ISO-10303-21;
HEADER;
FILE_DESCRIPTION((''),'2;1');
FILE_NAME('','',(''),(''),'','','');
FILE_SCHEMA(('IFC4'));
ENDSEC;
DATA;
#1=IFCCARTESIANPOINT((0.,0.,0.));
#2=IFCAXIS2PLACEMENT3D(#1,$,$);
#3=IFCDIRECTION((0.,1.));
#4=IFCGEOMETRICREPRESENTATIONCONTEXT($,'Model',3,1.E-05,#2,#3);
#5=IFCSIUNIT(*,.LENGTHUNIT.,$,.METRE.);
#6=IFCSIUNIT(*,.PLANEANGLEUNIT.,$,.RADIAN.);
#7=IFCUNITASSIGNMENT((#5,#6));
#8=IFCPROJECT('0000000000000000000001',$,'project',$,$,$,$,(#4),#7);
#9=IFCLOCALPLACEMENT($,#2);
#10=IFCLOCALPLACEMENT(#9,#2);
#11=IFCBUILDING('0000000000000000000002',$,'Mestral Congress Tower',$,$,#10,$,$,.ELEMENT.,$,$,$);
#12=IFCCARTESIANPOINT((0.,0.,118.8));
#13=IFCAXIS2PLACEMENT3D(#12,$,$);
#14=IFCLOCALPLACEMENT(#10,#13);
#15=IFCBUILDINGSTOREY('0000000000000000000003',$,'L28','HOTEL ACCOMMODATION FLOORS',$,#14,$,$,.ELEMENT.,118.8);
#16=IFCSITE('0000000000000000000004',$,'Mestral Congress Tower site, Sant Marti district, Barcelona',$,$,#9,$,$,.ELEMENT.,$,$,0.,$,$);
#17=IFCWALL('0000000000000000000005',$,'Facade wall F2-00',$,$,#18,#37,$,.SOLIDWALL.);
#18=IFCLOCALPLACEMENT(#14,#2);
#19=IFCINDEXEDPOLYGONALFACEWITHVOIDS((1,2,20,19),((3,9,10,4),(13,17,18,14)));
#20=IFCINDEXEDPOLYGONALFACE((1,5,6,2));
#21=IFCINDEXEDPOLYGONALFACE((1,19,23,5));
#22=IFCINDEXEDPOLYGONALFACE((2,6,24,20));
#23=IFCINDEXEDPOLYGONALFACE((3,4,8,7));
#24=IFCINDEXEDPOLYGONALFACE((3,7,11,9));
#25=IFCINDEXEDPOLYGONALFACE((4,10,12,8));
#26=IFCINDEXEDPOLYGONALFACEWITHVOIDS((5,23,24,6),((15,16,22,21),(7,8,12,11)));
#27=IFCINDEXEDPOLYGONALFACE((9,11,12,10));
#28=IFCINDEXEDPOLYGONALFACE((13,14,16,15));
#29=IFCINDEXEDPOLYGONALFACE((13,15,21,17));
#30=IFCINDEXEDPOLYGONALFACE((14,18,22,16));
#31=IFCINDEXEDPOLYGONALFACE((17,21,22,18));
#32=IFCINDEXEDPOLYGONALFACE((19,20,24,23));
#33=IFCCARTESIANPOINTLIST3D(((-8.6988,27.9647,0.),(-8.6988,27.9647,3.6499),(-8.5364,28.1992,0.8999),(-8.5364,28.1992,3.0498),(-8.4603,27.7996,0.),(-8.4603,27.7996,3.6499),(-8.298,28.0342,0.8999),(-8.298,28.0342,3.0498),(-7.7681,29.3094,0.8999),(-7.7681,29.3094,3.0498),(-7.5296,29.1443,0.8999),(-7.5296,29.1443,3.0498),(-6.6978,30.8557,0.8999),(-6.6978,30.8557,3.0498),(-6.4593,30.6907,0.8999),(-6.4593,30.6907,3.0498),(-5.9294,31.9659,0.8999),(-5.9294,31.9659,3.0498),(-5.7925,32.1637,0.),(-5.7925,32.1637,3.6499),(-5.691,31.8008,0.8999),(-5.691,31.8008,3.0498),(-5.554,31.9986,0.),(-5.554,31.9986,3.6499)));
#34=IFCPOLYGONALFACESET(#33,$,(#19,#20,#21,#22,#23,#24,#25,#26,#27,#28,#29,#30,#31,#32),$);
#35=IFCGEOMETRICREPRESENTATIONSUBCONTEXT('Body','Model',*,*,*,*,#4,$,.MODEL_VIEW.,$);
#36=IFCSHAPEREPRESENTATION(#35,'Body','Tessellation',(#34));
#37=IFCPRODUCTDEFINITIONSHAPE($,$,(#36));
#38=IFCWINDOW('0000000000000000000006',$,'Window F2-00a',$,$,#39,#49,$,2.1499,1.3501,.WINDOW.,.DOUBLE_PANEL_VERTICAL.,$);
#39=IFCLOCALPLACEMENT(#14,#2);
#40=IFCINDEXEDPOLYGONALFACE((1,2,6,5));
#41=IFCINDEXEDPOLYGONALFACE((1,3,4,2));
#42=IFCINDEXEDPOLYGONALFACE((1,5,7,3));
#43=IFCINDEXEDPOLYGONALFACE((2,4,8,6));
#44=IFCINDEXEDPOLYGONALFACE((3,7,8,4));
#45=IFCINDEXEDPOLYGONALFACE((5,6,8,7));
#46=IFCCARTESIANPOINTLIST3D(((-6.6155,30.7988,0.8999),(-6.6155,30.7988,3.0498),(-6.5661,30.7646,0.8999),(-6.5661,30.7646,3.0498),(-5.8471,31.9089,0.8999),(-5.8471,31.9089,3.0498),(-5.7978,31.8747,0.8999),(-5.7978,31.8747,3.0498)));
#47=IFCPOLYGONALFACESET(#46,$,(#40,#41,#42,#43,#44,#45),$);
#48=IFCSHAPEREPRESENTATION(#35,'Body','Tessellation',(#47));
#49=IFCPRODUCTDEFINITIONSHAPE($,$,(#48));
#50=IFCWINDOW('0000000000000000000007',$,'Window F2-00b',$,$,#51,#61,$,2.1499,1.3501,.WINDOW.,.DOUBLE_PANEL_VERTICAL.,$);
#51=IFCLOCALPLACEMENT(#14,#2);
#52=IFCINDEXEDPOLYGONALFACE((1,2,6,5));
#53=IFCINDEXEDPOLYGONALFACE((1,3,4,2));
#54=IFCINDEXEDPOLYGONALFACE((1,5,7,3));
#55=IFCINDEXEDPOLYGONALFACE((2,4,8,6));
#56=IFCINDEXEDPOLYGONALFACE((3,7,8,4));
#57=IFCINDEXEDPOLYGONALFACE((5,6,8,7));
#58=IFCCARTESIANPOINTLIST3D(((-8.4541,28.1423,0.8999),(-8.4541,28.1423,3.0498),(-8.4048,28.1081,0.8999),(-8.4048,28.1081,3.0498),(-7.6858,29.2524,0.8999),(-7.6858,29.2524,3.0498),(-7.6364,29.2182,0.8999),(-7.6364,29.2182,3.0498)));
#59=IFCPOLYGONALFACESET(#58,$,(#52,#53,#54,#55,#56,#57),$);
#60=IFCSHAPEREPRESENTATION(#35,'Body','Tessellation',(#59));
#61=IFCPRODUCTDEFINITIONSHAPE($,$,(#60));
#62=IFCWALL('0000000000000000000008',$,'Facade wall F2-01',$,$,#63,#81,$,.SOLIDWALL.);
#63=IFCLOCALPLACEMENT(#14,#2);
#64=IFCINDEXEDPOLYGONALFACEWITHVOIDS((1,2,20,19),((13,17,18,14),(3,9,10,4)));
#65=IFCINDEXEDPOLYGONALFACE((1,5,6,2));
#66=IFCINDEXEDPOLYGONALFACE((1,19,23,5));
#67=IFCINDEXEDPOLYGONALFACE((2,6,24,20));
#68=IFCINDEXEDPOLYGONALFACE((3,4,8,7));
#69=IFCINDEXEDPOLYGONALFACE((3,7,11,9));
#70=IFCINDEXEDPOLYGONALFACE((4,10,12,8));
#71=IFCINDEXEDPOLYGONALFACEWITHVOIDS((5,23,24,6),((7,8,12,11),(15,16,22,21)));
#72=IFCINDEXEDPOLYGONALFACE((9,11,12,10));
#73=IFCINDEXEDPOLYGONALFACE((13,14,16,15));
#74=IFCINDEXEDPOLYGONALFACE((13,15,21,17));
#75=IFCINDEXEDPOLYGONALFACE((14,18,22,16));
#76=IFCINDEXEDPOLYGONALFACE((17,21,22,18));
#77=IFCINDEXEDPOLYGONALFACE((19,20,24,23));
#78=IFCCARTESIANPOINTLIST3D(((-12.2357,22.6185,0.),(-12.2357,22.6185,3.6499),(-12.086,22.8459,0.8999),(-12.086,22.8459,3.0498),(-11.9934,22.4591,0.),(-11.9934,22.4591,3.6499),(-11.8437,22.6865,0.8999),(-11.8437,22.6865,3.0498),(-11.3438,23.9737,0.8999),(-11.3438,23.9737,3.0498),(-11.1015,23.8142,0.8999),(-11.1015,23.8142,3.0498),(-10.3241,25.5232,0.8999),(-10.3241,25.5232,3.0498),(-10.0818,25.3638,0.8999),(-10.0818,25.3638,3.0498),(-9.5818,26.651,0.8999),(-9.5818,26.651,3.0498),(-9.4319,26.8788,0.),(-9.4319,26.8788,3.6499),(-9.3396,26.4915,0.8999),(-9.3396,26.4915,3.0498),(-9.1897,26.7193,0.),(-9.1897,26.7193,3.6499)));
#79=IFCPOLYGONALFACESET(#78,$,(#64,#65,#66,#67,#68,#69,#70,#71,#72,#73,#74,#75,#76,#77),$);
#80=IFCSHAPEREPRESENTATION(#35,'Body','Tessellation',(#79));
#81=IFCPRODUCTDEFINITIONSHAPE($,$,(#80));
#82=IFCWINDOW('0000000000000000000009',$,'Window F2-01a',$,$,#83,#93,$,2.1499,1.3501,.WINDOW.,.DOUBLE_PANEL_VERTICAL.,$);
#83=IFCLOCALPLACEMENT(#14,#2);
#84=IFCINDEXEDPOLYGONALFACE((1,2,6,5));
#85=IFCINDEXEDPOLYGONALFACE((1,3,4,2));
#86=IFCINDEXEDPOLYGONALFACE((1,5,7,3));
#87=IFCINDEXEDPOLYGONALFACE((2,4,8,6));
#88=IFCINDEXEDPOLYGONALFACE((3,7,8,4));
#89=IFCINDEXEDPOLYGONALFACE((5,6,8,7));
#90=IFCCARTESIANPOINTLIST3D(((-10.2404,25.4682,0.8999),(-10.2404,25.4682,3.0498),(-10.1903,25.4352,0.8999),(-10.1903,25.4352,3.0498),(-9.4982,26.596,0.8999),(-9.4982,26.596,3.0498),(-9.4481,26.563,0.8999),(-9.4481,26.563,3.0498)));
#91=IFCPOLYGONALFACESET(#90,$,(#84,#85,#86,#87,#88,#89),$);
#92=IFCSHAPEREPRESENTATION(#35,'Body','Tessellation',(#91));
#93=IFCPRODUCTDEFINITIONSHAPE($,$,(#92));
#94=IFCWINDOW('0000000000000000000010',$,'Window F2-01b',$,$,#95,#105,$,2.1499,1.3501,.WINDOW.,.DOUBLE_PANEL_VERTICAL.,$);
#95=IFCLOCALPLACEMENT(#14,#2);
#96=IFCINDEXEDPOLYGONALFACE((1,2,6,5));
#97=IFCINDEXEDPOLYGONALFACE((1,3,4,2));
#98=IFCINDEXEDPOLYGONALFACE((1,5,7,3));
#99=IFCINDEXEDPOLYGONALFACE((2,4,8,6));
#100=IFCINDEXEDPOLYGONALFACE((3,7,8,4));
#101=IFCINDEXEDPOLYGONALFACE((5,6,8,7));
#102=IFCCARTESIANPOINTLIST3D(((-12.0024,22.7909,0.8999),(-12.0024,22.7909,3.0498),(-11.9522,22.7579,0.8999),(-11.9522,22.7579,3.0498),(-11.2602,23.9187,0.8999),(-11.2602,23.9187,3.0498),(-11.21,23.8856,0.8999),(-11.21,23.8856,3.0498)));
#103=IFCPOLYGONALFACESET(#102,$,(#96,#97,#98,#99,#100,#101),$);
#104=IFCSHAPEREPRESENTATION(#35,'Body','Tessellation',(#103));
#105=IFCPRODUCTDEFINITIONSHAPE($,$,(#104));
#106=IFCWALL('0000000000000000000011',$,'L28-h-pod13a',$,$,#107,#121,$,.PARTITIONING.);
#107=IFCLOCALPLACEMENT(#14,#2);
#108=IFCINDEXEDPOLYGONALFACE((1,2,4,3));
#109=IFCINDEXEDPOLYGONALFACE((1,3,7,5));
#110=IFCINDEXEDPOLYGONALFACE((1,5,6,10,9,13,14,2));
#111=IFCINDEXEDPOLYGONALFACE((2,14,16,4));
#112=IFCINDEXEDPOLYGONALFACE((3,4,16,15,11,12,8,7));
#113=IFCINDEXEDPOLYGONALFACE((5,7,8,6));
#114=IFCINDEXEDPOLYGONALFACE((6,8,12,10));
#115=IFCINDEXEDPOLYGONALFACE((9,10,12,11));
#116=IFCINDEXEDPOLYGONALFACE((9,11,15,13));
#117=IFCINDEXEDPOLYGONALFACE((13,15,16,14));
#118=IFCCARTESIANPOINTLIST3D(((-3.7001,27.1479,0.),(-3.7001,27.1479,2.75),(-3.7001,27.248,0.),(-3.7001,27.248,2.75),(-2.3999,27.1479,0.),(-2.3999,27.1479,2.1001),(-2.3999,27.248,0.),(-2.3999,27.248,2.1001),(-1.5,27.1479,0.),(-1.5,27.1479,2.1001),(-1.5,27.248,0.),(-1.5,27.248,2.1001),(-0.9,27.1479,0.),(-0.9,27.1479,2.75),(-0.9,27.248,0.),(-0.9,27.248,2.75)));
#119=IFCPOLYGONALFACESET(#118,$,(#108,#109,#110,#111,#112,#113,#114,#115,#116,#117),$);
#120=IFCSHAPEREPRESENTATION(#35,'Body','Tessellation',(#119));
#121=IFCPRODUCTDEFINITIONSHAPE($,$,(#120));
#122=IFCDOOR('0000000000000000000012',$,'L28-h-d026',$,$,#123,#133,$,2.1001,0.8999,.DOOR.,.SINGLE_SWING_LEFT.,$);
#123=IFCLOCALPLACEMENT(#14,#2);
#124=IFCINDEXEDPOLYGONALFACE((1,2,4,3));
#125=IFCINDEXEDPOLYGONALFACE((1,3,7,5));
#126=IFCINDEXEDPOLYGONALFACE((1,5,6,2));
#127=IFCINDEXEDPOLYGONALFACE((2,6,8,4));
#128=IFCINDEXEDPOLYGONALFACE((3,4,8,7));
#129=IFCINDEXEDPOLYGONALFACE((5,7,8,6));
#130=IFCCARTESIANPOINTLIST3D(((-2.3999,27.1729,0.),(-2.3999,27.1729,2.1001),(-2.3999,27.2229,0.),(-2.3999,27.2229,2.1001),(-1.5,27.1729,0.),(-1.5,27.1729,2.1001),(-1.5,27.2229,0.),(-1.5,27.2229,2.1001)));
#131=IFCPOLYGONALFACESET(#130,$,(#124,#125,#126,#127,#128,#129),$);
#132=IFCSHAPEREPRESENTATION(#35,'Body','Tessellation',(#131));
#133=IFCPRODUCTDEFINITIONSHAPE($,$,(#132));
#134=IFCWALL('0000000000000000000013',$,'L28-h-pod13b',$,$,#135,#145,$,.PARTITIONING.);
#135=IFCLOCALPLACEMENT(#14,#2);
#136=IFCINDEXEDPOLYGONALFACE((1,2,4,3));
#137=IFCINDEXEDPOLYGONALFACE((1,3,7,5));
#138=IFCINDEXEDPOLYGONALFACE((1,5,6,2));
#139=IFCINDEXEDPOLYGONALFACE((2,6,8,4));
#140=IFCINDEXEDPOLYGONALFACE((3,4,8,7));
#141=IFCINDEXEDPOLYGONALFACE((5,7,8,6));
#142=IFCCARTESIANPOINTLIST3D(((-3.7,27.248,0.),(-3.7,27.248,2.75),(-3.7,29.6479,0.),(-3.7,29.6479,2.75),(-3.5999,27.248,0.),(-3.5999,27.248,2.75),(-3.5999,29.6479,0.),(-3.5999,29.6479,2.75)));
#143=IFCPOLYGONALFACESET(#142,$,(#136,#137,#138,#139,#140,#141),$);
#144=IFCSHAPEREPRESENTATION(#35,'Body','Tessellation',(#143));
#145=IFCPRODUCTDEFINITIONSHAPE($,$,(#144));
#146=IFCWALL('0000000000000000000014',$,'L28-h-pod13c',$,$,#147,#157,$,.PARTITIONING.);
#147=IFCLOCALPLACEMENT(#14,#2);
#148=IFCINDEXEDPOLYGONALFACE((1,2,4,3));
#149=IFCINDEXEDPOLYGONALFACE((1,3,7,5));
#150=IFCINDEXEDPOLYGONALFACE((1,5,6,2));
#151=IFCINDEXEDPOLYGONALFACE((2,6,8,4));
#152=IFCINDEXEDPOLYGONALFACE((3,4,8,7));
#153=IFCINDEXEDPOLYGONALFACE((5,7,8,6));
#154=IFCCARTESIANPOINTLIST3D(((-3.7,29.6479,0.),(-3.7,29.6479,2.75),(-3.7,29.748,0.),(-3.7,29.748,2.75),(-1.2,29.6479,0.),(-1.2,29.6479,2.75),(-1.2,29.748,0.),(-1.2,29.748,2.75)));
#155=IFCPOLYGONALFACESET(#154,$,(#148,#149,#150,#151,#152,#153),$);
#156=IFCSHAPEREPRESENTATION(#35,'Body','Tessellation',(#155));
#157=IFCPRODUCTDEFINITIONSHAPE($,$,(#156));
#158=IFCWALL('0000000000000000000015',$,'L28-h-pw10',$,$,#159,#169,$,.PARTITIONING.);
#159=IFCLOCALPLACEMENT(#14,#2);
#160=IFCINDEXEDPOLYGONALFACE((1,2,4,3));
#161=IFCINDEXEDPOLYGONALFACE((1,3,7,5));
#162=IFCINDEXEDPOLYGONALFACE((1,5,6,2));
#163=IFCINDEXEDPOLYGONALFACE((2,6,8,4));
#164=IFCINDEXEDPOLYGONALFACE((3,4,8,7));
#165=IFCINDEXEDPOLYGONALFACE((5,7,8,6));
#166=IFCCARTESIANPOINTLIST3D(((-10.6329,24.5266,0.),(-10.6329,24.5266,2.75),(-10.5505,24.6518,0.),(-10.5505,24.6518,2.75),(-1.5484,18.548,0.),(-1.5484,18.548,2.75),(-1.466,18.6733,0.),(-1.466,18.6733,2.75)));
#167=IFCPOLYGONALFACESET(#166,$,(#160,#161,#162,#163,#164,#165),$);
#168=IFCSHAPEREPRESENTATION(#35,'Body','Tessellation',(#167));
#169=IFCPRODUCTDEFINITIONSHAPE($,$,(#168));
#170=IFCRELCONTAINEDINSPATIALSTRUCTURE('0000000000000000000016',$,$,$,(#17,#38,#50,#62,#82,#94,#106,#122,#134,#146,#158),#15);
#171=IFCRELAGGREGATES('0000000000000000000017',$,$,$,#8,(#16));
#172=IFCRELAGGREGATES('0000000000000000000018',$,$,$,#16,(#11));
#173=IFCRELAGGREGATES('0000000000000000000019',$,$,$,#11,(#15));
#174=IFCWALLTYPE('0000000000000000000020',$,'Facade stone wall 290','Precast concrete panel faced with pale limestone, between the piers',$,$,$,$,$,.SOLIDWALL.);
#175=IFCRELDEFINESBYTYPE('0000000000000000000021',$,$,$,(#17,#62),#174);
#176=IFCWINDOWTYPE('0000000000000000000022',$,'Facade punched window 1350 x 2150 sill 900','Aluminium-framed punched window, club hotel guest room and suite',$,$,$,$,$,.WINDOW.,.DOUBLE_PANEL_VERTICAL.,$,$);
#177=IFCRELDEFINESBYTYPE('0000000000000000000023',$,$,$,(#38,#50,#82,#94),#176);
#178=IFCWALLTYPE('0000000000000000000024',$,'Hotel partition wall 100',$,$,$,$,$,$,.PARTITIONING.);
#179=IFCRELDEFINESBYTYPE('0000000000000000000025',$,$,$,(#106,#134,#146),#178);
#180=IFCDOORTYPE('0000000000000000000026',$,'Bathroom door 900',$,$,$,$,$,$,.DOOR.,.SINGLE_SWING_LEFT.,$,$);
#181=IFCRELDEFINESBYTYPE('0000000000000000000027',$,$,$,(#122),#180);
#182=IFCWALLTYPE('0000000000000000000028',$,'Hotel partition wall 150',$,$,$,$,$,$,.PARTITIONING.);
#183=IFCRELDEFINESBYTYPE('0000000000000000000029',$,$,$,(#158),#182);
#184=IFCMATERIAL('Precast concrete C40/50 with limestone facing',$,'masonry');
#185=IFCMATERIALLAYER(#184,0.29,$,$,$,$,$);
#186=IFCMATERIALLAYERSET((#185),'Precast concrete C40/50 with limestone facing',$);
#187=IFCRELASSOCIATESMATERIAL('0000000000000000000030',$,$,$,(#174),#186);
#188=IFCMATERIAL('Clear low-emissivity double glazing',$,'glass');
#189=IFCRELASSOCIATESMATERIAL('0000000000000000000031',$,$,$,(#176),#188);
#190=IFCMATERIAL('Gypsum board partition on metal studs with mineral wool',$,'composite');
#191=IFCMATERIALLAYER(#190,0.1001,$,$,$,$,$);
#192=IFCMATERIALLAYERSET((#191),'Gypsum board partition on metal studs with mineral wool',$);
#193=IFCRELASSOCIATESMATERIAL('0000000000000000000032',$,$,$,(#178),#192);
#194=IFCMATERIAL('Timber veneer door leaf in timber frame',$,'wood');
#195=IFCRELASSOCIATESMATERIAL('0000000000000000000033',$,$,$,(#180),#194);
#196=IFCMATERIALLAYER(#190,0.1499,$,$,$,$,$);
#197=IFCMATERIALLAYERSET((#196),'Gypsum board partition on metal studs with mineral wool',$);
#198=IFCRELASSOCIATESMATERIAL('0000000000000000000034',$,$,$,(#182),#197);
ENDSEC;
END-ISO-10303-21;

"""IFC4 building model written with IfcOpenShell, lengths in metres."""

from ifc_helpers import new_model, si_unit, direction, frame, frame_2d, origin, place, context, subcontext, project, spatial, rectangle, extrude, material, layer, layer_set, type_object, element, fill, save


model = new_model("IFC4")

# Units and contexts
model_context = context("Model", 3, precision=1e-05, world=origin(), true_north=direction((0.0, 1.0)))
body_context = subcontext(model_context, "Body", "Model", "MODEL_VIEW")
ifc_project = project(units=[si_unit("LENGTHUNIT", "METRE"), si_unit("PLANEANGLEUNIT", "RADIAN")], contexts=[model_context])

# Site, building, storey
site_placement = place(None, origin())
site = spatial("IfcSite", under=ifc_project, at=site_placement, Name="Mestral Congress Tower site, Sant Marti district, Barcelona", CompositionType="ELEMENT", RefElevation=0.0)
building_placement = place(site_placement, origin())
building = spatial("IfcBuilding", under=site, at=building_placement, Name="Mestral Congress Tower", CompositionType="ELEMENT")
storey_placement = place(building_placement, frame((0.0, 0.0, 118.8)))
storey = spatial("IfcBuildingStorey", under=building, at=storey_placement, Name="L28", Description="HOTEL ACCOMMODATION FLOORS", CompositionType="ELEMENT", Elevation=118.8)

# Shared definitions
ifc_material_1 = material(Name="Precast concrete C40/50 with limestone facing", Category="masonry")
ifc_layer_1 = layer(ifc_material_1, 0.29)
ifc_layer_set_1 = layer_set([ifc_layer_1], Name="Precast concrete C40/50 with limestone facing")
wall_type_1 = type_object("IfcWallType", Name="Facade stone wall 290", Description="Precast concrete panel faced with pale limestone, between the piers", PredefinedType="SOLIDWALL", material=ifc_layer_set_1)

# Shared definitions
ifc_material_2 = material(Name="Clear low-emissivity double glazing", Category="glass")

# Walls, openings, windows
wall_1_placement = place(storey_placement, frame((-5.6733, 32.0811, 0.0), z_axis=(0.0, 0.0, 1.0), x_axis=(-0.569113, -0.822259, 0.0)))
wall_1 = element("IfcWall", 1, at=wall_1_placement, inside=storey, type_object=wall_type_1, Name="Facade wall F2-00", PredefinedType="SOLIDWALL", context=body_context, shape_type="SweptSolid", body=[
    extrude(rectangle(XDim=5.1067, YDim=0.29, at=frame_2d((2.5532, 0.0))), origin(), (0.0, 0.0, 1.0), 3.6499),
])
opening_1_placement = place(wall_1_placement, frame((0.2405, 0.0, 0.8999)))
opening_1 = element("IfcOpeningElement", 2, at=opening_1_placement, cuts=wall_1, PredefinedType="OPENING", context=body_context, shape_type="SweptSolid", body=[
    extrude(rectangle(XDim=1.3501, YDim=2.1499, at=frame_2d((0.675, 1.075))), frame((0.0, 0.155, 0.0), z_axis=(0.0, -1.0, 0.0), x_axis=(1.0, 0.0, 0.0)), (0.0, 0.0, 1.0), 0.3101),
])
opening_2_placement = place(wall_1_placement, frame((3.4712, 0.0, 0.8999)))
opening_2 = element("IfcOpeningElement", 3, at=opening_2_placement, cuts=wall_1, PredefinedType="OPENING", context=body_context, shape_type="SweptSolid", body=[
    extrude(rectangle(XDim=1.3501, YDim=2.1499, at=frame_2d((0.675, 1.075))), frame((0.0, 0.155, 0.0), z_axis=(0.0, -1.0, 0.0), x_axis=(1.0, 0.0, 0.0)), (0.0, 0.0, 1.0), 0.3101),
])
window_type_1 = type_object("IfcWindowType", Name="Facade punched window 1350 x 2150 sill 900", Description="Aluminium-framed punched window, club hotel guest room and suite", PartitioningType="DOUBLE_PANEL_VERTICAL", PredefinedType="WINDOW", material=ifc_material_2)
window_1_placement = place(opening_1_placement, origin())
window_1 = element("IfcWindow", 4, at=window_1_placement, inside=storey, type_object=window_type_1, Name="Window F2-00a", OverallHeight=2.1499, OverallWidth=1.3501, PartitioningType="DOUBLE_PANEL_VERTICAL", PredefinedType="WINDOW", context=body_context, shape_type="SweptSolid", body=[
    extrude(rectangle(XDim=1.3501, YDim=2.1499, at=frame_2d((0.675, 1.075))), frame((0.0, 0.0151, 0.0), z_axis=(0.0, -1.0, 0.0), x_axis=(1.0, 0.0, 0.0)), (0.0, 0.0, 1.0), 0.0601),
])
fill(opening_1, window_1)
window_2_placement = place(opening_2_placement, origin())
window_2 = element("IfcWindow", 5, at=window_2_placement, inside=storey, type_object=window_type_1, Name="Window F2-00b", OverallHeight=2.1499, OverallWidth=1.3501, PartitioningType="DOUBLE_PANEL_VERTICAL", PredefinedType="WINDOW", context=body_context, shape_type="SweptSolid", body=[
    extrude(rectangle(XDim=1.3501, YDim=2.1499, at=frame_2d((0.675, 1.075))), frame((0.0, 0.0151, 0.0), z_axis=(0.0, -1.0, 0.0), x_axis=(1.0, 0.0, 0.0)), (0.0, 0.0, 1.0), 0.0601),
])
fill(opening_2, window_2)
wall_2_placement = place(storey_placement, frame((-9.3108, 26.7991, 0.0), z_axis=(0.0, 0.0, 1.0), x_axis=(-0.549741, -0.835335, 0.0)))
wall_2 = element("IfcWall", 6, at=wall_2_placement, inside=storey, type_object=wall_type_1, Name="Facade wall F2-01", PredefinedType="SOLIDWALL", context=body_context, shape_type="SweptSolid", body=[
    extrude(rectangle(XDim=5.1001, YDim=0.29, at=frame_2d((2.55, 0.0))), origin(), (0.0, 0.0, 1.0), 3.6499),
])
opening_3_placement = place(wall_2_placement, frame((0.2727, 0.0, 0.8999)))
opening_3 = element("IfcOpeningElement", 7, at=opening_3_placement, cuts=wall_2, PredefinedType="OPENING", context=body_context, shape_type="SweptSolid", body=[
    extrude(rectangle(XDim=1.3501, YDim=2.1499, at=frame_2d((0.675, 1.075))), frame((0.0, 0.155, 0.0), z_axis=(0.0, -1.0, 0.0), x_axis=(1.0, 0.0, 0.0)), (0.0, 0.0, 1.0), 0.3101),
])
opening_4_placement = place(wall_2_placement, frame((3.4778, 0.0, 0.8999)))
opening_4 = element("IfcOpeningElement", 8, at=opening_4_placement, cuts=wall_2, PredefinedType="OPENING", context=body_context, shape_type="SweptSolid", body=[
    extrude(rectangle(XDim=1.3501, YDim=2.1499, at=frame_2d((0.675, 1.075))), frame((0.0, 0.155, 0.0), z_axis=(0.0, -1.0, 0.0), x_axis=(1.0, 0.0, 0.0)), (0.0, 0.0, 1.0), 0.3101),
])
window_3_placement = place(opening_3_placement, origin())
window_3 = element("IfcWindow", 9, at=window_3_placement, inside=storey, type_object=window_type_1, Name="Window F2-01a", OverallHeight=2.1499, OverallWidth=1.3501, PartitioningType="DOUBLE_PANEL_VERTICAL", PredefinedType="WINDOW", context=body_context, shape_type="SweptSolid", body=[
    extrude(rectangle(XDim=1.3501, YDim=2.1499, at=frame_2d((0.675, 1.075))), frame((0.0, 0.0151, 0.0), z_axis=(0.0, -1.0, 0.0), x_axis=(1.0, 0.0, 0.0)), (0.0, 0.0, 1.0), 0.0601),
])
fill(opening_3, window_3)
window_4_placement = place(opening_4_placement, origin())
window_4 = element("IfcWindow", 10, at=window_4_placement, inside=storey, type_object=window_type_1, Name="Window F2-01b", OverallHeight=2.1499, OverallWidth=1.3501, PartitioningType="DOUBLE_PANEL_VERTICAL", PredefinedType="WINDOW", context=body_context, shape_type="SweptSolid", body=[
    extrude(rectangle(XDim=1.3501, YDim=2.1499, at=frame_2d((0.675, 1.075))), frame((0.0, 0.0151, 0.0), z_axis=(0.0, -1.0, 0.0), x_axis=(1.0, 0.0, 0.0)), (0.0, 0.0, 1.0), 0.0601),
])
fill(opening_4, window_4)

# Wall, opening, door
ifc_material_3 = material(Name="Gypsum board partition on metal studs with mineral wool", Category="composite")
ifc_layer_2 = layer(ifc_material_3, 0.1001)
ifc_layer_set_2 = layer_set([ifc_layer_2], Name="Gypsum board partition on metal studs with mineral wool")
wall_type_2 = type_object("IfcWallType", Name="Hotel partition wall 100", PredefinedType="PARTITIONING", material=ifc_layer_set_2)
wall_3_placement = place(storey_placement, frame((-3.7, 27.198, 0.0), z_axis=(0.0, 0.0, 1.0), x_axis=(1.0, 0.0, 0.0)))
wall_3 = element("IfcWall", 11, at=wall_3_placement, inside=storey, type_object=wall_type_2, Name="L28-h-pod13a", PredefinedType="PARTITIONING", context=body_context, shape_type="SweptSolid", body=[
    extrude(rectangle(XDim=2.8, YDim=0.1001, at=frame_2d((1.3999, 0.0))), origin(), (0.0, 0.0, 1.0), 2.75),
])
opening_5_placement = place(wall_3_placement, frame((1.3, 0.0, 0.0)))
opening_5 = element("IfcOpeningElement", 12, at=opening_5_placement, cuts=wall_3, PredefinedType="OPENING", context=body_context, shape_type="SweptSolid", body=[
    extrude(rectangle(XDim=0.8999, YDim=2.1001, at=frame_2d((0.45, 1.05))), frame((0.0, 0.0601, 0.0), z_axis=(0.0, -1.0, 0.0), x_axis=(1.0, 0.0, 0.0)), (0.0, 0.0, 1.0), 0.1201),
])
ifc_material_4 = material(Name="Timber veneer door leaf in timber frame", Category="wood")
door_type = type_object("IfcDoorType", Name="Bathroom door 900", OperationType="SINGLE_SWING_LEFT", PredefinedType="DOOR", material=ifc_material_4)
door_placement = place(opening_5_placement, origin())
door = element("IfcDoor", 13, at=door_placement, inside=storey, type_object=door_type, Name="L28-h-d026", OperationType="SINGLE_SWING_LEFT", OverallHeight=2.1001, OverallWidth=0.8999, PredefinedType="DOOR", context=body_context, shape_type="SweptSolid", body=[
    extrude(rectangle(XDim=0.8999, YDim=2.1001, at=frame_2d((0.45, 1.05))), frame((0.0, 0.0249, 0.0), z_axis=(0.0, -1.0, 0.0), x_axis=(1.0, 0.0, 0.0)), (0.0, 0.0, 1.0), 0.05),
])
fill(opening_5, door)

# Walls
wall_4_placement = place(storey_placement, frame((-3.6499, 27.248, 0.0), z_axis=(0.0, 0.0, 1.0), x_axis=(0.0, 1.0, 0.0)))
element("IfcWall", 14, at=wall_4_placement, inside=storey, type_object=wall_type_2, Name="L28-h-pod13b", PredefinedType="PARTITIONING", context=body_context, shape_type="SweptSolid", body=[
    extrude(rectangle(XDim=2.3999, YDim=0.1001, at=frame_2d((1.2, 0.0))), origin(), (0.0, 0.0, 1.0), 2.75),
])
wall_5_placement = place(storey_placement, frame((-1.2, 29.698, 0.0), z_axis=(0.0, 0.0, 1.0), x_axis=(-1.0, 0.0, 0.0)))
element("IfcWall", 15, at=wall_5_placement, inside=storey, type_object=wall_type_2, Name="L28-h-pod13c", PredefinedType="PARTITIONING", context=body_context, shape_type="SweptSolid", body=[
    extrude(rectangle(XDim=2.5, YDim=0.1001, at=frame_2d((1.25, 0.0))), origin(), (0.0, 0.0, 1.0), 2.75),
])
ifc_layer_3 = layer(ifc_material_3, 0.1499)
ifc_layer_set_3 = layer_set([ifc_layer_3], Name="Gypsum board partition on metal studs with mineral wool")
wall_type_3 = type_object("IfcWallType", Name="Hotel partition wall 150", PredefinedType="PARTITIONING", material=ifc_layer_set_3)
wall_6_placement = place(storey_placement, frame((-10.5916, 24.5891, 0.0), z_axis=(0.0, 0.0, 1.0), x_axis=(0.835337, -0.549738, 0.0)))
element("IfcWall", 16, at=wall_6_placement, inside=storey, type_object=wall_type_3, Name="L28-h-pw10", PredefinedType="PARTITIONING", context=body_context, shape_type="SweptSolid", body=[
    extrude(rectangle(XDim=10.8752, YDim=0.1499, at=frame_2d((5.4375, 0.0))), origin(), (0.0, 0.0, 1.0), 2.75),
])

save(model, "model.ifc")
